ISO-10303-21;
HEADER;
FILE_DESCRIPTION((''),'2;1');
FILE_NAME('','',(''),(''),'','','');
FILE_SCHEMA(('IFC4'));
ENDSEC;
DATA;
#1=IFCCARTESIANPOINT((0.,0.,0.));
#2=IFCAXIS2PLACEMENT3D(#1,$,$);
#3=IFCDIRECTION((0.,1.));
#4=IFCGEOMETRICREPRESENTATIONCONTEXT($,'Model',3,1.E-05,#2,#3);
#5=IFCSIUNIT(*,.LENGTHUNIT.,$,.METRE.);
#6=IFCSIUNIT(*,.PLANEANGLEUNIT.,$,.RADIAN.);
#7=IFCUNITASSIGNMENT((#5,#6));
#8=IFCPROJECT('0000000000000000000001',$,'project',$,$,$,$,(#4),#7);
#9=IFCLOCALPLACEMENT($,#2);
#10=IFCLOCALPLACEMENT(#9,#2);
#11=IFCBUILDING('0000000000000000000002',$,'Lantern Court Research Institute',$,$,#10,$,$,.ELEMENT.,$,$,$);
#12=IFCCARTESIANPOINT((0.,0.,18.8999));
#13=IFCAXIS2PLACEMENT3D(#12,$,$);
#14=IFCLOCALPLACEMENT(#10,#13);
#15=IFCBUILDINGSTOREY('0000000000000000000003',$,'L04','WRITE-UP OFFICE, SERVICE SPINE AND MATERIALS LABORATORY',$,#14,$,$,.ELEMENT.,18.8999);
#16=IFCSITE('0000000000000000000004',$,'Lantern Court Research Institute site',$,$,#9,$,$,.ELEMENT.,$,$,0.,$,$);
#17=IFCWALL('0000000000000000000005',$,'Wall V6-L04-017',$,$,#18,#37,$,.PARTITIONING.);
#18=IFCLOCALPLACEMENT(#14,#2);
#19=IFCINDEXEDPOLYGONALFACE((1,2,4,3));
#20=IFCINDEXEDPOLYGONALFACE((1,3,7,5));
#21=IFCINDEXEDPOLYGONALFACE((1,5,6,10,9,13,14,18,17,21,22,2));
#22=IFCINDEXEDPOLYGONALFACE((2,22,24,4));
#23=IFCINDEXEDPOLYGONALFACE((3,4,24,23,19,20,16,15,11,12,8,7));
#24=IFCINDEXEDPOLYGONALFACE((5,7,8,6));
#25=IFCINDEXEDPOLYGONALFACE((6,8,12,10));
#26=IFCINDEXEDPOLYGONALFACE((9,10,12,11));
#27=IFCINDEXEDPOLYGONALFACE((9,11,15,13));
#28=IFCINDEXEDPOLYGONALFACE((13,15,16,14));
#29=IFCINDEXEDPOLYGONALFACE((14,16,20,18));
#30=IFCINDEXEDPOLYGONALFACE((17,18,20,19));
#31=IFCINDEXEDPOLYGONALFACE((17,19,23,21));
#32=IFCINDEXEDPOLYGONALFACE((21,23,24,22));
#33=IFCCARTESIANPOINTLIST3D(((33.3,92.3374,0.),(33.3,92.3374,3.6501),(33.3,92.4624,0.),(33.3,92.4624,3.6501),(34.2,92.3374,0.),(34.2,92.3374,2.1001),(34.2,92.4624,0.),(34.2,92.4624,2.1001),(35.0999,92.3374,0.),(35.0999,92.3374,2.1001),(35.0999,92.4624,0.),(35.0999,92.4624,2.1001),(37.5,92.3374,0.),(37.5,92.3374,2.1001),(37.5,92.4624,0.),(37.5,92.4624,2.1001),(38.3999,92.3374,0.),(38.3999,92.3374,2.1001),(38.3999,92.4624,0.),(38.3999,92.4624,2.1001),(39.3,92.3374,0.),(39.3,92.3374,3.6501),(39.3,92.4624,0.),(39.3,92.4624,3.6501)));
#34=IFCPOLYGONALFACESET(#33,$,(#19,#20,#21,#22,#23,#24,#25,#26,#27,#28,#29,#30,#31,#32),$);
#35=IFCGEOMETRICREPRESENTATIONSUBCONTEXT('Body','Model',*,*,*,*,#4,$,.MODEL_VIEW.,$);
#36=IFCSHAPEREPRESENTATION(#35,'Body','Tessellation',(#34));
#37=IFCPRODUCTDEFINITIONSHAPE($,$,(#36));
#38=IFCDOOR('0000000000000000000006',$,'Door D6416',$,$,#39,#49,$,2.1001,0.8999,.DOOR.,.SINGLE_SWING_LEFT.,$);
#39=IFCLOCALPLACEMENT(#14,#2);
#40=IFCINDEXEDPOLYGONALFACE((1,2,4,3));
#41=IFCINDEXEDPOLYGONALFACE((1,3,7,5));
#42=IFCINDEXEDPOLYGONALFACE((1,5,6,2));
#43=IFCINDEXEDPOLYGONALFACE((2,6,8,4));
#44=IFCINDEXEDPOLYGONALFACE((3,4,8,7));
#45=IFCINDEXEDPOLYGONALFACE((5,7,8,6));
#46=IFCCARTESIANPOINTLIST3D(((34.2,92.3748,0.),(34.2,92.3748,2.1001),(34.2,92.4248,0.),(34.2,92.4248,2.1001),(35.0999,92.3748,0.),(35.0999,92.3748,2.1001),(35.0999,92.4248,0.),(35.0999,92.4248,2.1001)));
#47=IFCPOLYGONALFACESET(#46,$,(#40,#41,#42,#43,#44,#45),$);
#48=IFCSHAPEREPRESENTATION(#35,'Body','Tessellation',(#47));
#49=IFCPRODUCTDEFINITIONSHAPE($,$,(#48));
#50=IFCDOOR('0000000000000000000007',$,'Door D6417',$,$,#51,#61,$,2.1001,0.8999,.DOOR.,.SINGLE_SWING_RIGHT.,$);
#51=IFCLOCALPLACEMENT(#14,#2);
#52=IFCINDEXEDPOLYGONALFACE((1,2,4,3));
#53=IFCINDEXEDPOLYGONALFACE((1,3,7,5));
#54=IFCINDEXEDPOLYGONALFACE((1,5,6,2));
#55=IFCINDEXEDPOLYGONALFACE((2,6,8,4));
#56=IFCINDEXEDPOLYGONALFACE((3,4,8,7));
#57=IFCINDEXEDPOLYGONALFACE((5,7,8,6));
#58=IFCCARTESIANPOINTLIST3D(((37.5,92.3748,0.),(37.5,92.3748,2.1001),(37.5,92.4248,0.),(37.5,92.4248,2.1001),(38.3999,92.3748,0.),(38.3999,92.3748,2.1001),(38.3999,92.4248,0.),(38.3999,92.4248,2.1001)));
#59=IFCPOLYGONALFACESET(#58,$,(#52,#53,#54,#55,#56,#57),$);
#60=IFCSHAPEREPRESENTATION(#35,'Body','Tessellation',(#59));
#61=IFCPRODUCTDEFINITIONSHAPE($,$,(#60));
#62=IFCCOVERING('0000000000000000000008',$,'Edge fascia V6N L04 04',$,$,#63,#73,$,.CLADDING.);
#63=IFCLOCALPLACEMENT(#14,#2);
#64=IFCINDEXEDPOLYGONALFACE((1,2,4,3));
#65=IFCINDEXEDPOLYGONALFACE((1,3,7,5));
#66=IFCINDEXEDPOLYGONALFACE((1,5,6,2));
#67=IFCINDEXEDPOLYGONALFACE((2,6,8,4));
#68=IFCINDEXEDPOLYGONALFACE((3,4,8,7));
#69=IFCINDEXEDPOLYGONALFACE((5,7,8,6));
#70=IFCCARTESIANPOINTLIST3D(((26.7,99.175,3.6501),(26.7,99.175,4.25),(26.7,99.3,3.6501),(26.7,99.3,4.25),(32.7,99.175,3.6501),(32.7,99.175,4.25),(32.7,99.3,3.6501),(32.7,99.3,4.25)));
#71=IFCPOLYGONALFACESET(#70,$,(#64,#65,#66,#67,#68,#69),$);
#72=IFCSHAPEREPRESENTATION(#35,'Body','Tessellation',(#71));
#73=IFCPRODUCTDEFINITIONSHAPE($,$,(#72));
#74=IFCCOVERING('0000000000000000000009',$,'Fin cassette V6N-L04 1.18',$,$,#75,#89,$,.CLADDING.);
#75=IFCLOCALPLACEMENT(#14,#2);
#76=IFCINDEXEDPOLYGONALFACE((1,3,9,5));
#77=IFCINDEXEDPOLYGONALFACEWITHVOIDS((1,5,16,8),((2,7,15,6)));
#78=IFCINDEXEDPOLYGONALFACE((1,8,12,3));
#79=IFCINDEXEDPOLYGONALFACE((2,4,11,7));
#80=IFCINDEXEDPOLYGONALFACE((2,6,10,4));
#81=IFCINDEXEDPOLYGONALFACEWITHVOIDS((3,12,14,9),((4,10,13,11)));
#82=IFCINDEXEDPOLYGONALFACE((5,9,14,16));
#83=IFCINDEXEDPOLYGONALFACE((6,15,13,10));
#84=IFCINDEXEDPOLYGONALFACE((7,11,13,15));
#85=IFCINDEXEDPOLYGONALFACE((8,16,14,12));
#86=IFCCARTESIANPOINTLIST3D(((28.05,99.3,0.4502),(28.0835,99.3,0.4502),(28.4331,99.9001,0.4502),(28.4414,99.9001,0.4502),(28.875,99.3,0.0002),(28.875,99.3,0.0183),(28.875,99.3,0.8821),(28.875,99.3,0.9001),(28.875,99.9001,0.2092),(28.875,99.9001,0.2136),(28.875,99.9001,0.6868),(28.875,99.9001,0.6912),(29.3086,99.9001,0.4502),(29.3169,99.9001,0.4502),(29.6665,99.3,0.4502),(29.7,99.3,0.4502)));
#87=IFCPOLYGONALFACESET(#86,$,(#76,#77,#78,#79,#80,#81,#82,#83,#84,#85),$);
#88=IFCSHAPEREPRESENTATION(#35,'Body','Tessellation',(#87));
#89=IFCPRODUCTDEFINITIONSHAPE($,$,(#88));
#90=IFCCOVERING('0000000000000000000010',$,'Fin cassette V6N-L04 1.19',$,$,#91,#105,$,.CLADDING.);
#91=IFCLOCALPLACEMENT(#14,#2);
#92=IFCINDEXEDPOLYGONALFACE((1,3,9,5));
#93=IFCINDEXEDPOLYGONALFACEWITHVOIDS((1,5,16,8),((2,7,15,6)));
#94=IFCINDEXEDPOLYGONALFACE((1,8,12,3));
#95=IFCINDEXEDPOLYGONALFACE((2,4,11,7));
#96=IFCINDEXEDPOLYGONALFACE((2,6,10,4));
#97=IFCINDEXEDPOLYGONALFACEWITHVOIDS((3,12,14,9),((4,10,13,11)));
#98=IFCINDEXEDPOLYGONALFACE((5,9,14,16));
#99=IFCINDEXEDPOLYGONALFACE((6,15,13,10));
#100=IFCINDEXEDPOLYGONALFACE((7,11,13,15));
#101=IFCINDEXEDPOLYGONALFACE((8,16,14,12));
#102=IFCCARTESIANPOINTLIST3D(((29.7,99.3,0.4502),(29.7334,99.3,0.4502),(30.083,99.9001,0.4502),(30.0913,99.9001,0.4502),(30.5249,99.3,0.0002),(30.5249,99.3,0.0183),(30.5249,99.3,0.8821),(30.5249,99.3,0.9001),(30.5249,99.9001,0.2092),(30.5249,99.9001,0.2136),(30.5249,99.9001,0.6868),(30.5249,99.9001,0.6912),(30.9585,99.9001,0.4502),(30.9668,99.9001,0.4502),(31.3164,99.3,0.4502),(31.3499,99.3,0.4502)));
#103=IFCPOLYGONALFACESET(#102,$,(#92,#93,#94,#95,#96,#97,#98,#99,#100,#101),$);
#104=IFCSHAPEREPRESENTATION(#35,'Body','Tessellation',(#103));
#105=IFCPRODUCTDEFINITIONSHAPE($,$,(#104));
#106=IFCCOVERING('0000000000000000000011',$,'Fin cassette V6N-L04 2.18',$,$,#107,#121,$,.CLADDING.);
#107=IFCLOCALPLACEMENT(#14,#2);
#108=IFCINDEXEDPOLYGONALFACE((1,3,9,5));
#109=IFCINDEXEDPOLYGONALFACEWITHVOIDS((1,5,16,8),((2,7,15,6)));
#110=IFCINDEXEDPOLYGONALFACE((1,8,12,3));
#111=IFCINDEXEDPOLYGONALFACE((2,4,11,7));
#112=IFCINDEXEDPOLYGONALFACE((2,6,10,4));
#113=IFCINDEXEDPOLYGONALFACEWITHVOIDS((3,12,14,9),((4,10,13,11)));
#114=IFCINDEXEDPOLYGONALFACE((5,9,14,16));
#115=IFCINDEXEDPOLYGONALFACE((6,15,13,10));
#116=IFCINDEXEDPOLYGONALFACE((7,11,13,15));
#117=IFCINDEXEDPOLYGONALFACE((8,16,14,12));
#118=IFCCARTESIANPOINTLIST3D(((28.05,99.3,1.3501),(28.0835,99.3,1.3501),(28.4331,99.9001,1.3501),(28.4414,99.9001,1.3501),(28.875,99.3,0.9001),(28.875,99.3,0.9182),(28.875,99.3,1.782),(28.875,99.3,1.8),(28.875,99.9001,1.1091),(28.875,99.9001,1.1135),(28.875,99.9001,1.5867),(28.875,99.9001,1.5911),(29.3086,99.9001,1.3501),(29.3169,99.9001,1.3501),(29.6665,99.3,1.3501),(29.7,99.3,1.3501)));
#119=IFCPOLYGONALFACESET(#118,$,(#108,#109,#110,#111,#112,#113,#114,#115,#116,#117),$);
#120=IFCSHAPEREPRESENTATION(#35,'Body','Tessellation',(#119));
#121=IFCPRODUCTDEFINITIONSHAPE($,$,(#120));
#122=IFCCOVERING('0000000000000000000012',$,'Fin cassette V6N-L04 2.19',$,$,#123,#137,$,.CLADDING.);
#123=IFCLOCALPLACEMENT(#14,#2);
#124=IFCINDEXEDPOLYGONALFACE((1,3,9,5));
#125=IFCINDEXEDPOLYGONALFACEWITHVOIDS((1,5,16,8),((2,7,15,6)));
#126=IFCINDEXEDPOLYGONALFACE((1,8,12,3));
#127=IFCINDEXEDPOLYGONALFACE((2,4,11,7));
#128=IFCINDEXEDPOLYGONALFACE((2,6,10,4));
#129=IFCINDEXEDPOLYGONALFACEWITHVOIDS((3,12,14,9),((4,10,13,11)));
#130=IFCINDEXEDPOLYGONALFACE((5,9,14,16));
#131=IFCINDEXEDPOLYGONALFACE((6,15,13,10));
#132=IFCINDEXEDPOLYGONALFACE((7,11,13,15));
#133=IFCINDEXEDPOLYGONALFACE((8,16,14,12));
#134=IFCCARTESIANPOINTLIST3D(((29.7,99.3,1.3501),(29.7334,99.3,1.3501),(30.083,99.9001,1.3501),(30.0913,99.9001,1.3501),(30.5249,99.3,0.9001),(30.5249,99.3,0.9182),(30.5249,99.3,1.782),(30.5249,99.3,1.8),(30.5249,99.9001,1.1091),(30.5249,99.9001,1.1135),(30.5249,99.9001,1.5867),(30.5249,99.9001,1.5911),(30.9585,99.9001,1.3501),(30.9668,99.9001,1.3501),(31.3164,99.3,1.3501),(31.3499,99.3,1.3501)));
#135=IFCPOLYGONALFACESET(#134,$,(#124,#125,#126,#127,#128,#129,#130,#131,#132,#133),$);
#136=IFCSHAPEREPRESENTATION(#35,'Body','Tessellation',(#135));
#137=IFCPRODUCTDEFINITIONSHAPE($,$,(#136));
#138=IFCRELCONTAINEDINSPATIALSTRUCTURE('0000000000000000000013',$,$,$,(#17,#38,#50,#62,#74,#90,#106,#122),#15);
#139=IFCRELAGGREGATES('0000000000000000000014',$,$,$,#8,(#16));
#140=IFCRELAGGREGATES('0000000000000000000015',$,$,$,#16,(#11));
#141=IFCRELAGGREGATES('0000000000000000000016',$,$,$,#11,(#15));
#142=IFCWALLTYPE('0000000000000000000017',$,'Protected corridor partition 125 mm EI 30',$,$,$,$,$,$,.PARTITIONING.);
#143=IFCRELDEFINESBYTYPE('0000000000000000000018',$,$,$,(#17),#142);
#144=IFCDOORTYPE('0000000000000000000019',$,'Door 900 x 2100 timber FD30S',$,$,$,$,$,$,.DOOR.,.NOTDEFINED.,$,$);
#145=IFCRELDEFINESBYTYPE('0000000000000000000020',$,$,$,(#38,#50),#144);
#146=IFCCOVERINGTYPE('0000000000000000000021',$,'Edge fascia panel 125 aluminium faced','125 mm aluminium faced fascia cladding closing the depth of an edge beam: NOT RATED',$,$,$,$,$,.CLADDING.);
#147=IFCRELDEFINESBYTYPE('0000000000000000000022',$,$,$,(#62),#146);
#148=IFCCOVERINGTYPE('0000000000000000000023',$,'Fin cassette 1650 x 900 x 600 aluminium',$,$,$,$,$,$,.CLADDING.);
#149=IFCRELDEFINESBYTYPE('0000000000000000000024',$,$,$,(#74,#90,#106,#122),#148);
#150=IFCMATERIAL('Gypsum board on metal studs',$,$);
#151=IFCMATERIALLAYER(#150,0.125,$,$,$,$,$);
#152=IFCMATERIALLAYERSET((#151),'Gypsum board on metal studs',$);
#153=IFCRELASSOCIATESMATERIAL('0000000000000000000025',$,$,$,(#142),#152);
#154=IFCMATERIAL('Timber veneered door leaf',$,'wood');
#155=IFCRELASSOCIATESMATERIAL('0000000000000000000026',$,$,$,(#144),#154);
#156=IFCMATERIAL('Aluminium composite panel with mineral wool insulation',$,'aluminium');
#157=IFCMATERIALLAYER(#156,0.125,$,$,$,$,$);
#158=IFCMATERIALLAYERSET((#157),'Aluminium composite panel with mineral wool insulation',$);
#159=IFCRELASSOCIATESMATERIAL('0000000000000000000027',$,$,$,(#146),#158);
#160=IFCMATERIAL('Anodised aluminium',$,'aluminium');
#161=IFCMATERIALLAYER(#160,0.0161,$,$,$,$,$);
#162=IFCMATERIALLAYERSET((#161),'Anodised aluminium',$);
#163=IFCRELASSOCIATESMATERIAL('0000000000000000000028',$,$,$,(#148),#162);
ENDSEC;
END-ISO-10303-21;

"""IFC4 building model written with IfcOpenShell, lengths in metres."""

from ifc_helpers import new_model, entity, si_unit, direction, frame, frame_2d, origin, place, context, subcontext, project, spatial, rectangle, extrude, material, layer, layer_set, type_object, element, fill, save


model = new_model("IFC4")

# Units and contexts
model_context = context("Model", 3, precision=1e-05, world=origin(), true_north=direction((0.0, 1.0)))
body_context = subcontext(model_context, "Body", "Model", "MODEL_VIEW")
ifc_project = project(units=[si_unit("LENGTHUNIT", "METRE"), si_unit("PLANEANGLEUNIT", "RADIAN")], contexts=[model_context])

# Site, building, storey
site_placement = place(None, origin())
site = spatial("IfcSite", under=ifc_project, at=site_placement, Name="Lantern Court Research Institute site", CompositionType="ELEMENT", RefElevation=0.0)
building_placement = place(site_placement, origin())
building = spatial("IfcBuilding", under=site, at=building_placement, Name="Lantern Court Research Institute", CompositionType="ELEMENT")
storey_placement = place(building_placement, frame((0.0, 0.0, 18.8999)))
storey = spatial("IfcBuildingStorey", under=building, at=storey_placement, Name="L04", Description="WRITE-UP OFFICE, SERVICE SPINE AND MATERIALS LABORATORY", CompositionType="ELEMENT", Elevation=18.8999)

# Wall, openings, doors
ifc_material_1 = material(Name="Gypsum board on metal studs")
ifc_layer_1 = layer(ifc_material_1, 0.125)
ifc_layer_set_1 = layer_set([ifc_layer_1], Name="Gypsum board on metal studs")
wall_type_1 = type_object("IfcWallType", Name="Protected corridor partition 125 mm EI 30", PredefinedType="PARTITIONING", material=ifc_layer_set_1)
wall_1_placement = place(storey_placement, frame((33.3, 92.3999, 0.0), z_axis=(0.0, 0.0, 1.0), x_axis=(1.0, 0.0, 0.0)))
wall_1 = element("IfcWall", 1, at=wall_1_placement, inside=storey, type_object=wall_type_1, Name="Wall V6-L04-017", PredefinedType="PARTITIONING", context=body_context, shape_type="SweptSolid", body=[
    extrude(rectangle(XDim=6.0, YDim=0.125, at=frame_2d((3.0, 0.0))), origin(), (0.0, 0.0, 1.0), 3.6501),
])
opening_1_placement = place(wall_1_placement, frame((0.8999, 0.0, 0.0)))
opening_1 = element("IfcOpeningElement", 2, at=opening_1_placement, cuts=wall_1, PredefinedType="OPENING", context=body_context, shape_type="SweptSolid", body=[
    extrude(rectangle(XDim=0.8999, YDim=2.1001, at=frame_2d((0.45, 1.05))), frame((0.0, 0.0725, 0.0), z_axis=(0.0, -1.0, 0.0), x_axis=(1.0, 0.0, 0.0)), (0.0, 0.0, 1.0), 0.145),
])
opening_2_placement = place(wall_1_placement, frame((4.2, 0.0, 0.0)))
opening_2 = element("IfcOpeningElement", 3, at=opening_2_placement, cuts=wall_1, PredefinedType="OPENING", context=body_context, shape_type="SweptSolid", body=[
    extrude(rectangle(XDim=0.8999, YDim=2.1001, at=frame_2d((0.45, 1.05))), frame((0.0, 0.0725, 0.0), z_axis=(0.0, -1.0, 0.0), x_axis=(1.0, 0.0, 0.0)), (0.0, 0.0, 1.0), 0.145),
])
ifc_material_2 = material(Name="Timber veneered door leaf", Category="wood")
door_type = type_object("IfcDoorType", Name="Door 900 x 2100 timber FD30S", OperationType="NOTDEFINED", PredefinedType="DOOR", material=ifc_material_2)
door_1_placement = place(opening_1_placement, origin())
door_1 = element("IfcDoor", 4, at=door_1_placement, inside=storey, type_object=door_type, Name="Door D6416", OperationType="SINGLE_SWING_LEFT", OverallHeight=2.1001, OverallWidth=0.8999, PredefinedType="DOOR", context=body_context, shape_type="SweptSolid", body=[
    extrude(rectangle(XDim=0.8999, YDim=2.1001, at=frame_2d((0.45, 1.05))), frame((0.0, 0.0249, 0.0), z_axis=(0.0, -1.0, 0.0), x_axis=(1.0, 0.0, 0.0)), (0.0, 0.0, 1.0), 0.05),
])
fill(opening_1, door_1)
door_2_placement = place(opening_2_placement, origin())
door_2 = element("IfcDoor", 5, at=door_2_placement, inside=storey, type_object=door_type, Name="Door D6417", OperationType="SINGLE_SWING_RIGHT", OverallHeight=2.1001, OverallWidth=0.8999, PredefinedType="DOOR", context=body_context, shape_type="SweptSolid", body=[
    extrude(rectangle(XDim=0.8999, YDim=2.1001, at=frame_2d((0.45, 1.05))), frame((0.0, 0.0249, 0.0), z_axis=(0.0, -1.0, 0.0), x_axis=(1.0, 0.0, 0.0)), (0.0, 0.0, 1.0), 0.05),
])
fill(opening_2, door_2)

# Coverings
ifc_material_3 = material(Name="Aluminium composite panel with mineral wool insulation", Category="aluminium")
ifc_layer_2 = layer(ifc_material_3, 0.125)
ifc_layer_set_2 = layer_set([ifc_layer_2], Name="Aluminium composite panel with mineral wool insulation")
covering_type_1 = type_object("IfcCoveringType", Name="Edge fascia panel 125 aluminium faced", Description="125 mm aluminium faced fascia cladding closing the depth of an edge beam: NOT RATED", PredefinedType="CLADDING", material=ifc_layer_set_2)
covering_1_placement = place(storey_placement, frame((26.7, 99.2375, 3.6501), z_axis=(0.0, 0.0, 1.0), x_axis=(1.0, 0.0, 0.0)))
element("IfcCovering", 6, at=covering_1_placement, inside=storey, type_object=covering_type_1, Name="Edge fascia V6N L04 04", PredefinedType="CLADDING", context=body_context, shape_type="SweptSolid", body=[
    extrude(rectangle(XDim=6.0, YDim=0.125, at=frame_2d((3.0, 0.0))), origin(), (0.0, 0.0, 1.0), 0.5999),
])
ifc_material_4 = material(Name="Anodised aluminium", Category="aluminium")
ifc_layer_3 = layer(ifc_material_4, 0.0161)
ifc_layer_set_3 = layer_set([ifc_layer_3], Name="Anodised aluminium")
covering_type_2 = type_object("IfcCoveringType", Name="Fin cassette 1650 x 900 x 600 aluminium", PredefinedType="CLADDING", material=ifc_layer_set_3)
covering_2_placement = place(storey_placement, frame((28.875, 99.3, 0.4502), z_axis=(0.0, 1.0, 0.0), x_axis=(-1.0, 0.0, 0.0)))
cartesian_point_1 = entity("IfcCartesianPoint", [0.825, 0.0])
cartesian_point_2 = entity("IfcCartesianPoint", [0.7915, 0.0])
cartesian_point_3 = entity("IfcCartesianPoint", [0.4419, 0.0])
cartesian_point_4 = entity("IfcCartesianPoint", [0.4336, 0.0])
element("IfcCovering", 7, at=covering_2_placement, inside=storey, type_object=covering_type_2, Name="Fin cassette V6N-L04 1.18", PredefinedType="CLADDING", context=body_context, shape_type="SweptSolid", body=[
    entity("IfcExtrudedAreaSolidTapered", entity("IfcArbitraryProfileDefWithVoids", "AREA", None, entity("IfcPolyline", [cartesian_point_1, entity("IfcCartesianPoint", [0.0, 0.45]), entity("IfcCartesianPoint", [-0.825, 0.0]), entity("IfcCartesianPoint", [0.0, -0.45]), cartesian_point_1]), [entity("IfcPolyline", [cartesian_point_2, entity("IfcCartesianPoint", [0.0, 0.4319]), entity("IfcCartesianPoint", [-0.7915, 0.0]), entity("IfcCartesianPoint", [0.0, -0.4319]), cartesian_point_2])]), entity("IfcAxis2Placement3D", entity("IfcCartesianPoint", [0.0, 0.0, 0.0])), entity("IfcDirection", [0.0, 0.0, 1.0]), 0.6001, entity("IfcArbitraryProfileDefWithVoids", "AREA", None, entity("IfcPolyline", [cartesian_point_3, entity("IfcCartesianPoint", [0.0, 0.241]), entity("IfcCartesianPoint", [-0.4419, 0.0]), entity("IfcCartesianPoint", [0.0, -0.241]), cartesian_point_3]), [entity("IfcPolyline", [cartesian_point_4, entity("IfcCartesianPoint", [0.0, 0.2366]), entity("IfcCartesianPoint", [-0.4336, 0.0]), entity("IfcCartesianPoint", [0.0, -0.2366]), cartesian_point_4])])),
])
covering_3_placement = place(storey_placement, frame((30.5249, 99.3, 0.4502), z_axis=(0.0, 1.0, 0.0), x_axis=(-1.0, 0.0, 0.0)))
cartesian_point_5 = entity("IfcCartesianPoint", [0.825, 0.0])
cartesian_point_6 = entity("IfcCartesianPoint", [0.7915, 0.0])
cartesian_point_7 = entity("IfcCartesianPoint", [0.4419, 0.0])
cartesian_point_8 = entity("IfcCartesianPoint", [0.4336, 0.0])
element("IfcCovering", 8, at=covering_3_placement, inside=storey, type_object=covering_type_2, Name="Fin cassette V6N-L04 1.19", PredefinedType="CLADDING", context=body_context, shape_type="SweptSolid", body=[
    entity("IfcExtrudedAreaSolidTapered", entity("IfcArbitraryProfileDefWithVoids", "AREA", None, entity("IfcPolyline", [cartesian_point_5, entity("IfcCartesianPoint", [0.0, 0.45]), entity("IfcCartesianPoint", [-0.825, 0.0]), entity("IfcCartesianPoint", [0.0, -0.45]), cartesian_point_5]), [entity("IfcPolyline", [cartesian_point_6, entity("IfcCartesianPoint", [0.0, 0.4319]), entity("IfcCartesianPoint", [-0.7915, 0.0]), entity("IfcCartesianPoint", [0.0, -0.4319]), cartesian_point_6])]), entity("IfcAxis2Placement3D", entity("IfcCartesianPoint", [0.0, 0.0, 0.0])), entity("IfcDirection", [0.0, 0.0, 1.0]), 0.6001, entity("IfcArbitraryProfileDefWithVoids", "AREA", None, entity("IfcPolyline", [cartesian_point_7, entity("IfcCartesianPoint", [0.0, 0.241]), entity("IfcCartesianPoint", [-0.4419, 0.0]), entity("IfcCartesianPoint", [0.0, -0.241]), cartesian_point_7]), [entity("IfcPolyline", [cartesian_point_8, entity("IfcCartesianPoint", [0.0, 0.2366]), entity("IfcCartesianPoint", [-0.4336, 0.0]), entity("IfcCartesianPoint", [0.0, -0.2366]), cartesian_point_8])])),
])
covering_4_placement = place(storey_placement, frame((28.875, 99.3, 1.3501), z_axis=(0.0, 1.0, 0.0), x_axis=(-1.0, 0.0, 0.0)))
cartesian_point_9 = entity("IfcCartesianPoint", [0.825, 0.0])
cartesian_point_10 = entity("IfcCartesianPoint", [0.7915, 0.0])
cartesian_point_11 = entity("IfcCartesianPoint", [0.4419, 0.0])
cartesian_point_12 = entity("IfcCartesianPoint", [0.4336, 0.0])
element("IfcCovering", 9, at=covering_4_placement, inside=storey, type_object=covering_type_2, Name="Fin cassette V6N-L04 2.18", PredefinedType="CLADDING", context=body_context, shape_type="SweptSolid", body=[
    entity("IfcExtrudedAreaSolidTapered", entity("IfcArbitraryProfileDefWithVoids", "AREA", None, entity("IfcPolyline", [cartesian_point_9, entity("IfcCartesianPoint", [0.0, 0.45]), entity("IfcCartesianPoint", [-0.825, 0.0]), entity("IfcCartesianPoint", [0.0, -0.45]), cartesian_point_9]), [entity("IfcPolyline", [cartesian_point_10, entity("IfcCartesianPoint", [0.0, 0.4319]), entity("IfcCartesianPoint", [-0.7915, 0.0]), entity("IfcCartesianPoint", [0.0, -0.4319]), cartesian_point_10])]), entity("IfcAxis2Placement3D", entity("IfcCartesianPoint", [0.0, 0.0, 0.0])), entity("IfcDirection", [0.0, 0.0, 1.0]), 0.6001, entity("IfcArbitraryProfileDefWithVoids", "AREA", None, entity("IfcPolyline", [cartesian_point_11, entity("IfcCartesianPoint", [0.0, 0.241]), entity("IfcCartesianPoint", [-0.4419, 0.0]), entity("IfcCartesianPoint", [0.0, -0.241]), cartesian_point_11]), [entity("IfcPolyline", [cartesian_point_12, entity("IfcCartesianPoint", [0.0, 0.2366]), entity("IfcCartesianPoint", [-0.4336, 0.0]), entity("IfcCartesianPoint", [0.0, -0.2366]), cartesian_point_12])])),
])
covering_5_placement = place(storey_placement, frame((30.5249, 99.3, 1.3501), z_axis=(0.0, 1.0, 0.0), x_axis=(-1.0, 0.0, 0.0)))
cartesian_point_13 = entity("IfcCartesianPoint", [0.825, 0.0])
cartesian_point_14 = entity("IfcCartesianPoint", [0.7915, 0.0])
cartesian_point_15 = entity("IfcCartesianPoint", [0.4419, 0.0])
cartesian_point_16 = entity("IfcCartesianPoint", [0.4336, 0.0])
element("IfcCovering", 10, at=covering_5_placement, inside=storey, type_object=covering_type_2, Name="Fin cassette V6N-L04 2.19", PredefinedType="CLADDING", context=body_context, shape_type="SweptSolid", body=[
    entity("IfcExtrudedAreaSolidTapered", entity("IfcArbitraryProfileDefWithVoids", "AREA", None, entity("IfcPolyline", [cartesian_point_13, entity("IfcCartesianPoint", [0.0, 0.45]), entity("IfcCartesianPoint", [-0.825, 0.0]), entity("IfcCartesianPoint", [0.0, -0.45]), cartesian_point_13]), [entity("IfcPolyline", [cartesian_point_14, entity("IfcCartesianPoint", [0.0, 0.4319]), entity("IfcCartesianPoint", [-0.7915, 0.0]), entity("IfcCartesianPoint", [0.0, -0.4319]), cartesian_point_14])]), entity("IfcAxis2Placement3D", entity("IfcCartesianPoint", [0.0, 0.0, 0.0])), entity("IfcDirection", [0.0, 0.0, 1.0]), 0.6001, entity("IfcArbitraryProfileDefWithVoids", "AREA", None, entity("IfcPolyline", [cartesian_point_15, entity("IfcCartesianPoint", [0.0, 0.241]), entity("IfcCartesianPoint", [-0.4419, 0.0]), entity("IfcCartesianPoint", [0.0, -0.241]), cartesian_point_15]), [entity("IfcPolyline", [cartesian_point_16, entity("IfcCartesianPoint", [0.0, 0.2366]), entity("IfcCartesianPoint", [-0.4336, 0.0]), entity("IfcCartesianPoint", [0.0, -0.2366]), cartesian_point_16])])),
])

save(model, "model.ifc")
